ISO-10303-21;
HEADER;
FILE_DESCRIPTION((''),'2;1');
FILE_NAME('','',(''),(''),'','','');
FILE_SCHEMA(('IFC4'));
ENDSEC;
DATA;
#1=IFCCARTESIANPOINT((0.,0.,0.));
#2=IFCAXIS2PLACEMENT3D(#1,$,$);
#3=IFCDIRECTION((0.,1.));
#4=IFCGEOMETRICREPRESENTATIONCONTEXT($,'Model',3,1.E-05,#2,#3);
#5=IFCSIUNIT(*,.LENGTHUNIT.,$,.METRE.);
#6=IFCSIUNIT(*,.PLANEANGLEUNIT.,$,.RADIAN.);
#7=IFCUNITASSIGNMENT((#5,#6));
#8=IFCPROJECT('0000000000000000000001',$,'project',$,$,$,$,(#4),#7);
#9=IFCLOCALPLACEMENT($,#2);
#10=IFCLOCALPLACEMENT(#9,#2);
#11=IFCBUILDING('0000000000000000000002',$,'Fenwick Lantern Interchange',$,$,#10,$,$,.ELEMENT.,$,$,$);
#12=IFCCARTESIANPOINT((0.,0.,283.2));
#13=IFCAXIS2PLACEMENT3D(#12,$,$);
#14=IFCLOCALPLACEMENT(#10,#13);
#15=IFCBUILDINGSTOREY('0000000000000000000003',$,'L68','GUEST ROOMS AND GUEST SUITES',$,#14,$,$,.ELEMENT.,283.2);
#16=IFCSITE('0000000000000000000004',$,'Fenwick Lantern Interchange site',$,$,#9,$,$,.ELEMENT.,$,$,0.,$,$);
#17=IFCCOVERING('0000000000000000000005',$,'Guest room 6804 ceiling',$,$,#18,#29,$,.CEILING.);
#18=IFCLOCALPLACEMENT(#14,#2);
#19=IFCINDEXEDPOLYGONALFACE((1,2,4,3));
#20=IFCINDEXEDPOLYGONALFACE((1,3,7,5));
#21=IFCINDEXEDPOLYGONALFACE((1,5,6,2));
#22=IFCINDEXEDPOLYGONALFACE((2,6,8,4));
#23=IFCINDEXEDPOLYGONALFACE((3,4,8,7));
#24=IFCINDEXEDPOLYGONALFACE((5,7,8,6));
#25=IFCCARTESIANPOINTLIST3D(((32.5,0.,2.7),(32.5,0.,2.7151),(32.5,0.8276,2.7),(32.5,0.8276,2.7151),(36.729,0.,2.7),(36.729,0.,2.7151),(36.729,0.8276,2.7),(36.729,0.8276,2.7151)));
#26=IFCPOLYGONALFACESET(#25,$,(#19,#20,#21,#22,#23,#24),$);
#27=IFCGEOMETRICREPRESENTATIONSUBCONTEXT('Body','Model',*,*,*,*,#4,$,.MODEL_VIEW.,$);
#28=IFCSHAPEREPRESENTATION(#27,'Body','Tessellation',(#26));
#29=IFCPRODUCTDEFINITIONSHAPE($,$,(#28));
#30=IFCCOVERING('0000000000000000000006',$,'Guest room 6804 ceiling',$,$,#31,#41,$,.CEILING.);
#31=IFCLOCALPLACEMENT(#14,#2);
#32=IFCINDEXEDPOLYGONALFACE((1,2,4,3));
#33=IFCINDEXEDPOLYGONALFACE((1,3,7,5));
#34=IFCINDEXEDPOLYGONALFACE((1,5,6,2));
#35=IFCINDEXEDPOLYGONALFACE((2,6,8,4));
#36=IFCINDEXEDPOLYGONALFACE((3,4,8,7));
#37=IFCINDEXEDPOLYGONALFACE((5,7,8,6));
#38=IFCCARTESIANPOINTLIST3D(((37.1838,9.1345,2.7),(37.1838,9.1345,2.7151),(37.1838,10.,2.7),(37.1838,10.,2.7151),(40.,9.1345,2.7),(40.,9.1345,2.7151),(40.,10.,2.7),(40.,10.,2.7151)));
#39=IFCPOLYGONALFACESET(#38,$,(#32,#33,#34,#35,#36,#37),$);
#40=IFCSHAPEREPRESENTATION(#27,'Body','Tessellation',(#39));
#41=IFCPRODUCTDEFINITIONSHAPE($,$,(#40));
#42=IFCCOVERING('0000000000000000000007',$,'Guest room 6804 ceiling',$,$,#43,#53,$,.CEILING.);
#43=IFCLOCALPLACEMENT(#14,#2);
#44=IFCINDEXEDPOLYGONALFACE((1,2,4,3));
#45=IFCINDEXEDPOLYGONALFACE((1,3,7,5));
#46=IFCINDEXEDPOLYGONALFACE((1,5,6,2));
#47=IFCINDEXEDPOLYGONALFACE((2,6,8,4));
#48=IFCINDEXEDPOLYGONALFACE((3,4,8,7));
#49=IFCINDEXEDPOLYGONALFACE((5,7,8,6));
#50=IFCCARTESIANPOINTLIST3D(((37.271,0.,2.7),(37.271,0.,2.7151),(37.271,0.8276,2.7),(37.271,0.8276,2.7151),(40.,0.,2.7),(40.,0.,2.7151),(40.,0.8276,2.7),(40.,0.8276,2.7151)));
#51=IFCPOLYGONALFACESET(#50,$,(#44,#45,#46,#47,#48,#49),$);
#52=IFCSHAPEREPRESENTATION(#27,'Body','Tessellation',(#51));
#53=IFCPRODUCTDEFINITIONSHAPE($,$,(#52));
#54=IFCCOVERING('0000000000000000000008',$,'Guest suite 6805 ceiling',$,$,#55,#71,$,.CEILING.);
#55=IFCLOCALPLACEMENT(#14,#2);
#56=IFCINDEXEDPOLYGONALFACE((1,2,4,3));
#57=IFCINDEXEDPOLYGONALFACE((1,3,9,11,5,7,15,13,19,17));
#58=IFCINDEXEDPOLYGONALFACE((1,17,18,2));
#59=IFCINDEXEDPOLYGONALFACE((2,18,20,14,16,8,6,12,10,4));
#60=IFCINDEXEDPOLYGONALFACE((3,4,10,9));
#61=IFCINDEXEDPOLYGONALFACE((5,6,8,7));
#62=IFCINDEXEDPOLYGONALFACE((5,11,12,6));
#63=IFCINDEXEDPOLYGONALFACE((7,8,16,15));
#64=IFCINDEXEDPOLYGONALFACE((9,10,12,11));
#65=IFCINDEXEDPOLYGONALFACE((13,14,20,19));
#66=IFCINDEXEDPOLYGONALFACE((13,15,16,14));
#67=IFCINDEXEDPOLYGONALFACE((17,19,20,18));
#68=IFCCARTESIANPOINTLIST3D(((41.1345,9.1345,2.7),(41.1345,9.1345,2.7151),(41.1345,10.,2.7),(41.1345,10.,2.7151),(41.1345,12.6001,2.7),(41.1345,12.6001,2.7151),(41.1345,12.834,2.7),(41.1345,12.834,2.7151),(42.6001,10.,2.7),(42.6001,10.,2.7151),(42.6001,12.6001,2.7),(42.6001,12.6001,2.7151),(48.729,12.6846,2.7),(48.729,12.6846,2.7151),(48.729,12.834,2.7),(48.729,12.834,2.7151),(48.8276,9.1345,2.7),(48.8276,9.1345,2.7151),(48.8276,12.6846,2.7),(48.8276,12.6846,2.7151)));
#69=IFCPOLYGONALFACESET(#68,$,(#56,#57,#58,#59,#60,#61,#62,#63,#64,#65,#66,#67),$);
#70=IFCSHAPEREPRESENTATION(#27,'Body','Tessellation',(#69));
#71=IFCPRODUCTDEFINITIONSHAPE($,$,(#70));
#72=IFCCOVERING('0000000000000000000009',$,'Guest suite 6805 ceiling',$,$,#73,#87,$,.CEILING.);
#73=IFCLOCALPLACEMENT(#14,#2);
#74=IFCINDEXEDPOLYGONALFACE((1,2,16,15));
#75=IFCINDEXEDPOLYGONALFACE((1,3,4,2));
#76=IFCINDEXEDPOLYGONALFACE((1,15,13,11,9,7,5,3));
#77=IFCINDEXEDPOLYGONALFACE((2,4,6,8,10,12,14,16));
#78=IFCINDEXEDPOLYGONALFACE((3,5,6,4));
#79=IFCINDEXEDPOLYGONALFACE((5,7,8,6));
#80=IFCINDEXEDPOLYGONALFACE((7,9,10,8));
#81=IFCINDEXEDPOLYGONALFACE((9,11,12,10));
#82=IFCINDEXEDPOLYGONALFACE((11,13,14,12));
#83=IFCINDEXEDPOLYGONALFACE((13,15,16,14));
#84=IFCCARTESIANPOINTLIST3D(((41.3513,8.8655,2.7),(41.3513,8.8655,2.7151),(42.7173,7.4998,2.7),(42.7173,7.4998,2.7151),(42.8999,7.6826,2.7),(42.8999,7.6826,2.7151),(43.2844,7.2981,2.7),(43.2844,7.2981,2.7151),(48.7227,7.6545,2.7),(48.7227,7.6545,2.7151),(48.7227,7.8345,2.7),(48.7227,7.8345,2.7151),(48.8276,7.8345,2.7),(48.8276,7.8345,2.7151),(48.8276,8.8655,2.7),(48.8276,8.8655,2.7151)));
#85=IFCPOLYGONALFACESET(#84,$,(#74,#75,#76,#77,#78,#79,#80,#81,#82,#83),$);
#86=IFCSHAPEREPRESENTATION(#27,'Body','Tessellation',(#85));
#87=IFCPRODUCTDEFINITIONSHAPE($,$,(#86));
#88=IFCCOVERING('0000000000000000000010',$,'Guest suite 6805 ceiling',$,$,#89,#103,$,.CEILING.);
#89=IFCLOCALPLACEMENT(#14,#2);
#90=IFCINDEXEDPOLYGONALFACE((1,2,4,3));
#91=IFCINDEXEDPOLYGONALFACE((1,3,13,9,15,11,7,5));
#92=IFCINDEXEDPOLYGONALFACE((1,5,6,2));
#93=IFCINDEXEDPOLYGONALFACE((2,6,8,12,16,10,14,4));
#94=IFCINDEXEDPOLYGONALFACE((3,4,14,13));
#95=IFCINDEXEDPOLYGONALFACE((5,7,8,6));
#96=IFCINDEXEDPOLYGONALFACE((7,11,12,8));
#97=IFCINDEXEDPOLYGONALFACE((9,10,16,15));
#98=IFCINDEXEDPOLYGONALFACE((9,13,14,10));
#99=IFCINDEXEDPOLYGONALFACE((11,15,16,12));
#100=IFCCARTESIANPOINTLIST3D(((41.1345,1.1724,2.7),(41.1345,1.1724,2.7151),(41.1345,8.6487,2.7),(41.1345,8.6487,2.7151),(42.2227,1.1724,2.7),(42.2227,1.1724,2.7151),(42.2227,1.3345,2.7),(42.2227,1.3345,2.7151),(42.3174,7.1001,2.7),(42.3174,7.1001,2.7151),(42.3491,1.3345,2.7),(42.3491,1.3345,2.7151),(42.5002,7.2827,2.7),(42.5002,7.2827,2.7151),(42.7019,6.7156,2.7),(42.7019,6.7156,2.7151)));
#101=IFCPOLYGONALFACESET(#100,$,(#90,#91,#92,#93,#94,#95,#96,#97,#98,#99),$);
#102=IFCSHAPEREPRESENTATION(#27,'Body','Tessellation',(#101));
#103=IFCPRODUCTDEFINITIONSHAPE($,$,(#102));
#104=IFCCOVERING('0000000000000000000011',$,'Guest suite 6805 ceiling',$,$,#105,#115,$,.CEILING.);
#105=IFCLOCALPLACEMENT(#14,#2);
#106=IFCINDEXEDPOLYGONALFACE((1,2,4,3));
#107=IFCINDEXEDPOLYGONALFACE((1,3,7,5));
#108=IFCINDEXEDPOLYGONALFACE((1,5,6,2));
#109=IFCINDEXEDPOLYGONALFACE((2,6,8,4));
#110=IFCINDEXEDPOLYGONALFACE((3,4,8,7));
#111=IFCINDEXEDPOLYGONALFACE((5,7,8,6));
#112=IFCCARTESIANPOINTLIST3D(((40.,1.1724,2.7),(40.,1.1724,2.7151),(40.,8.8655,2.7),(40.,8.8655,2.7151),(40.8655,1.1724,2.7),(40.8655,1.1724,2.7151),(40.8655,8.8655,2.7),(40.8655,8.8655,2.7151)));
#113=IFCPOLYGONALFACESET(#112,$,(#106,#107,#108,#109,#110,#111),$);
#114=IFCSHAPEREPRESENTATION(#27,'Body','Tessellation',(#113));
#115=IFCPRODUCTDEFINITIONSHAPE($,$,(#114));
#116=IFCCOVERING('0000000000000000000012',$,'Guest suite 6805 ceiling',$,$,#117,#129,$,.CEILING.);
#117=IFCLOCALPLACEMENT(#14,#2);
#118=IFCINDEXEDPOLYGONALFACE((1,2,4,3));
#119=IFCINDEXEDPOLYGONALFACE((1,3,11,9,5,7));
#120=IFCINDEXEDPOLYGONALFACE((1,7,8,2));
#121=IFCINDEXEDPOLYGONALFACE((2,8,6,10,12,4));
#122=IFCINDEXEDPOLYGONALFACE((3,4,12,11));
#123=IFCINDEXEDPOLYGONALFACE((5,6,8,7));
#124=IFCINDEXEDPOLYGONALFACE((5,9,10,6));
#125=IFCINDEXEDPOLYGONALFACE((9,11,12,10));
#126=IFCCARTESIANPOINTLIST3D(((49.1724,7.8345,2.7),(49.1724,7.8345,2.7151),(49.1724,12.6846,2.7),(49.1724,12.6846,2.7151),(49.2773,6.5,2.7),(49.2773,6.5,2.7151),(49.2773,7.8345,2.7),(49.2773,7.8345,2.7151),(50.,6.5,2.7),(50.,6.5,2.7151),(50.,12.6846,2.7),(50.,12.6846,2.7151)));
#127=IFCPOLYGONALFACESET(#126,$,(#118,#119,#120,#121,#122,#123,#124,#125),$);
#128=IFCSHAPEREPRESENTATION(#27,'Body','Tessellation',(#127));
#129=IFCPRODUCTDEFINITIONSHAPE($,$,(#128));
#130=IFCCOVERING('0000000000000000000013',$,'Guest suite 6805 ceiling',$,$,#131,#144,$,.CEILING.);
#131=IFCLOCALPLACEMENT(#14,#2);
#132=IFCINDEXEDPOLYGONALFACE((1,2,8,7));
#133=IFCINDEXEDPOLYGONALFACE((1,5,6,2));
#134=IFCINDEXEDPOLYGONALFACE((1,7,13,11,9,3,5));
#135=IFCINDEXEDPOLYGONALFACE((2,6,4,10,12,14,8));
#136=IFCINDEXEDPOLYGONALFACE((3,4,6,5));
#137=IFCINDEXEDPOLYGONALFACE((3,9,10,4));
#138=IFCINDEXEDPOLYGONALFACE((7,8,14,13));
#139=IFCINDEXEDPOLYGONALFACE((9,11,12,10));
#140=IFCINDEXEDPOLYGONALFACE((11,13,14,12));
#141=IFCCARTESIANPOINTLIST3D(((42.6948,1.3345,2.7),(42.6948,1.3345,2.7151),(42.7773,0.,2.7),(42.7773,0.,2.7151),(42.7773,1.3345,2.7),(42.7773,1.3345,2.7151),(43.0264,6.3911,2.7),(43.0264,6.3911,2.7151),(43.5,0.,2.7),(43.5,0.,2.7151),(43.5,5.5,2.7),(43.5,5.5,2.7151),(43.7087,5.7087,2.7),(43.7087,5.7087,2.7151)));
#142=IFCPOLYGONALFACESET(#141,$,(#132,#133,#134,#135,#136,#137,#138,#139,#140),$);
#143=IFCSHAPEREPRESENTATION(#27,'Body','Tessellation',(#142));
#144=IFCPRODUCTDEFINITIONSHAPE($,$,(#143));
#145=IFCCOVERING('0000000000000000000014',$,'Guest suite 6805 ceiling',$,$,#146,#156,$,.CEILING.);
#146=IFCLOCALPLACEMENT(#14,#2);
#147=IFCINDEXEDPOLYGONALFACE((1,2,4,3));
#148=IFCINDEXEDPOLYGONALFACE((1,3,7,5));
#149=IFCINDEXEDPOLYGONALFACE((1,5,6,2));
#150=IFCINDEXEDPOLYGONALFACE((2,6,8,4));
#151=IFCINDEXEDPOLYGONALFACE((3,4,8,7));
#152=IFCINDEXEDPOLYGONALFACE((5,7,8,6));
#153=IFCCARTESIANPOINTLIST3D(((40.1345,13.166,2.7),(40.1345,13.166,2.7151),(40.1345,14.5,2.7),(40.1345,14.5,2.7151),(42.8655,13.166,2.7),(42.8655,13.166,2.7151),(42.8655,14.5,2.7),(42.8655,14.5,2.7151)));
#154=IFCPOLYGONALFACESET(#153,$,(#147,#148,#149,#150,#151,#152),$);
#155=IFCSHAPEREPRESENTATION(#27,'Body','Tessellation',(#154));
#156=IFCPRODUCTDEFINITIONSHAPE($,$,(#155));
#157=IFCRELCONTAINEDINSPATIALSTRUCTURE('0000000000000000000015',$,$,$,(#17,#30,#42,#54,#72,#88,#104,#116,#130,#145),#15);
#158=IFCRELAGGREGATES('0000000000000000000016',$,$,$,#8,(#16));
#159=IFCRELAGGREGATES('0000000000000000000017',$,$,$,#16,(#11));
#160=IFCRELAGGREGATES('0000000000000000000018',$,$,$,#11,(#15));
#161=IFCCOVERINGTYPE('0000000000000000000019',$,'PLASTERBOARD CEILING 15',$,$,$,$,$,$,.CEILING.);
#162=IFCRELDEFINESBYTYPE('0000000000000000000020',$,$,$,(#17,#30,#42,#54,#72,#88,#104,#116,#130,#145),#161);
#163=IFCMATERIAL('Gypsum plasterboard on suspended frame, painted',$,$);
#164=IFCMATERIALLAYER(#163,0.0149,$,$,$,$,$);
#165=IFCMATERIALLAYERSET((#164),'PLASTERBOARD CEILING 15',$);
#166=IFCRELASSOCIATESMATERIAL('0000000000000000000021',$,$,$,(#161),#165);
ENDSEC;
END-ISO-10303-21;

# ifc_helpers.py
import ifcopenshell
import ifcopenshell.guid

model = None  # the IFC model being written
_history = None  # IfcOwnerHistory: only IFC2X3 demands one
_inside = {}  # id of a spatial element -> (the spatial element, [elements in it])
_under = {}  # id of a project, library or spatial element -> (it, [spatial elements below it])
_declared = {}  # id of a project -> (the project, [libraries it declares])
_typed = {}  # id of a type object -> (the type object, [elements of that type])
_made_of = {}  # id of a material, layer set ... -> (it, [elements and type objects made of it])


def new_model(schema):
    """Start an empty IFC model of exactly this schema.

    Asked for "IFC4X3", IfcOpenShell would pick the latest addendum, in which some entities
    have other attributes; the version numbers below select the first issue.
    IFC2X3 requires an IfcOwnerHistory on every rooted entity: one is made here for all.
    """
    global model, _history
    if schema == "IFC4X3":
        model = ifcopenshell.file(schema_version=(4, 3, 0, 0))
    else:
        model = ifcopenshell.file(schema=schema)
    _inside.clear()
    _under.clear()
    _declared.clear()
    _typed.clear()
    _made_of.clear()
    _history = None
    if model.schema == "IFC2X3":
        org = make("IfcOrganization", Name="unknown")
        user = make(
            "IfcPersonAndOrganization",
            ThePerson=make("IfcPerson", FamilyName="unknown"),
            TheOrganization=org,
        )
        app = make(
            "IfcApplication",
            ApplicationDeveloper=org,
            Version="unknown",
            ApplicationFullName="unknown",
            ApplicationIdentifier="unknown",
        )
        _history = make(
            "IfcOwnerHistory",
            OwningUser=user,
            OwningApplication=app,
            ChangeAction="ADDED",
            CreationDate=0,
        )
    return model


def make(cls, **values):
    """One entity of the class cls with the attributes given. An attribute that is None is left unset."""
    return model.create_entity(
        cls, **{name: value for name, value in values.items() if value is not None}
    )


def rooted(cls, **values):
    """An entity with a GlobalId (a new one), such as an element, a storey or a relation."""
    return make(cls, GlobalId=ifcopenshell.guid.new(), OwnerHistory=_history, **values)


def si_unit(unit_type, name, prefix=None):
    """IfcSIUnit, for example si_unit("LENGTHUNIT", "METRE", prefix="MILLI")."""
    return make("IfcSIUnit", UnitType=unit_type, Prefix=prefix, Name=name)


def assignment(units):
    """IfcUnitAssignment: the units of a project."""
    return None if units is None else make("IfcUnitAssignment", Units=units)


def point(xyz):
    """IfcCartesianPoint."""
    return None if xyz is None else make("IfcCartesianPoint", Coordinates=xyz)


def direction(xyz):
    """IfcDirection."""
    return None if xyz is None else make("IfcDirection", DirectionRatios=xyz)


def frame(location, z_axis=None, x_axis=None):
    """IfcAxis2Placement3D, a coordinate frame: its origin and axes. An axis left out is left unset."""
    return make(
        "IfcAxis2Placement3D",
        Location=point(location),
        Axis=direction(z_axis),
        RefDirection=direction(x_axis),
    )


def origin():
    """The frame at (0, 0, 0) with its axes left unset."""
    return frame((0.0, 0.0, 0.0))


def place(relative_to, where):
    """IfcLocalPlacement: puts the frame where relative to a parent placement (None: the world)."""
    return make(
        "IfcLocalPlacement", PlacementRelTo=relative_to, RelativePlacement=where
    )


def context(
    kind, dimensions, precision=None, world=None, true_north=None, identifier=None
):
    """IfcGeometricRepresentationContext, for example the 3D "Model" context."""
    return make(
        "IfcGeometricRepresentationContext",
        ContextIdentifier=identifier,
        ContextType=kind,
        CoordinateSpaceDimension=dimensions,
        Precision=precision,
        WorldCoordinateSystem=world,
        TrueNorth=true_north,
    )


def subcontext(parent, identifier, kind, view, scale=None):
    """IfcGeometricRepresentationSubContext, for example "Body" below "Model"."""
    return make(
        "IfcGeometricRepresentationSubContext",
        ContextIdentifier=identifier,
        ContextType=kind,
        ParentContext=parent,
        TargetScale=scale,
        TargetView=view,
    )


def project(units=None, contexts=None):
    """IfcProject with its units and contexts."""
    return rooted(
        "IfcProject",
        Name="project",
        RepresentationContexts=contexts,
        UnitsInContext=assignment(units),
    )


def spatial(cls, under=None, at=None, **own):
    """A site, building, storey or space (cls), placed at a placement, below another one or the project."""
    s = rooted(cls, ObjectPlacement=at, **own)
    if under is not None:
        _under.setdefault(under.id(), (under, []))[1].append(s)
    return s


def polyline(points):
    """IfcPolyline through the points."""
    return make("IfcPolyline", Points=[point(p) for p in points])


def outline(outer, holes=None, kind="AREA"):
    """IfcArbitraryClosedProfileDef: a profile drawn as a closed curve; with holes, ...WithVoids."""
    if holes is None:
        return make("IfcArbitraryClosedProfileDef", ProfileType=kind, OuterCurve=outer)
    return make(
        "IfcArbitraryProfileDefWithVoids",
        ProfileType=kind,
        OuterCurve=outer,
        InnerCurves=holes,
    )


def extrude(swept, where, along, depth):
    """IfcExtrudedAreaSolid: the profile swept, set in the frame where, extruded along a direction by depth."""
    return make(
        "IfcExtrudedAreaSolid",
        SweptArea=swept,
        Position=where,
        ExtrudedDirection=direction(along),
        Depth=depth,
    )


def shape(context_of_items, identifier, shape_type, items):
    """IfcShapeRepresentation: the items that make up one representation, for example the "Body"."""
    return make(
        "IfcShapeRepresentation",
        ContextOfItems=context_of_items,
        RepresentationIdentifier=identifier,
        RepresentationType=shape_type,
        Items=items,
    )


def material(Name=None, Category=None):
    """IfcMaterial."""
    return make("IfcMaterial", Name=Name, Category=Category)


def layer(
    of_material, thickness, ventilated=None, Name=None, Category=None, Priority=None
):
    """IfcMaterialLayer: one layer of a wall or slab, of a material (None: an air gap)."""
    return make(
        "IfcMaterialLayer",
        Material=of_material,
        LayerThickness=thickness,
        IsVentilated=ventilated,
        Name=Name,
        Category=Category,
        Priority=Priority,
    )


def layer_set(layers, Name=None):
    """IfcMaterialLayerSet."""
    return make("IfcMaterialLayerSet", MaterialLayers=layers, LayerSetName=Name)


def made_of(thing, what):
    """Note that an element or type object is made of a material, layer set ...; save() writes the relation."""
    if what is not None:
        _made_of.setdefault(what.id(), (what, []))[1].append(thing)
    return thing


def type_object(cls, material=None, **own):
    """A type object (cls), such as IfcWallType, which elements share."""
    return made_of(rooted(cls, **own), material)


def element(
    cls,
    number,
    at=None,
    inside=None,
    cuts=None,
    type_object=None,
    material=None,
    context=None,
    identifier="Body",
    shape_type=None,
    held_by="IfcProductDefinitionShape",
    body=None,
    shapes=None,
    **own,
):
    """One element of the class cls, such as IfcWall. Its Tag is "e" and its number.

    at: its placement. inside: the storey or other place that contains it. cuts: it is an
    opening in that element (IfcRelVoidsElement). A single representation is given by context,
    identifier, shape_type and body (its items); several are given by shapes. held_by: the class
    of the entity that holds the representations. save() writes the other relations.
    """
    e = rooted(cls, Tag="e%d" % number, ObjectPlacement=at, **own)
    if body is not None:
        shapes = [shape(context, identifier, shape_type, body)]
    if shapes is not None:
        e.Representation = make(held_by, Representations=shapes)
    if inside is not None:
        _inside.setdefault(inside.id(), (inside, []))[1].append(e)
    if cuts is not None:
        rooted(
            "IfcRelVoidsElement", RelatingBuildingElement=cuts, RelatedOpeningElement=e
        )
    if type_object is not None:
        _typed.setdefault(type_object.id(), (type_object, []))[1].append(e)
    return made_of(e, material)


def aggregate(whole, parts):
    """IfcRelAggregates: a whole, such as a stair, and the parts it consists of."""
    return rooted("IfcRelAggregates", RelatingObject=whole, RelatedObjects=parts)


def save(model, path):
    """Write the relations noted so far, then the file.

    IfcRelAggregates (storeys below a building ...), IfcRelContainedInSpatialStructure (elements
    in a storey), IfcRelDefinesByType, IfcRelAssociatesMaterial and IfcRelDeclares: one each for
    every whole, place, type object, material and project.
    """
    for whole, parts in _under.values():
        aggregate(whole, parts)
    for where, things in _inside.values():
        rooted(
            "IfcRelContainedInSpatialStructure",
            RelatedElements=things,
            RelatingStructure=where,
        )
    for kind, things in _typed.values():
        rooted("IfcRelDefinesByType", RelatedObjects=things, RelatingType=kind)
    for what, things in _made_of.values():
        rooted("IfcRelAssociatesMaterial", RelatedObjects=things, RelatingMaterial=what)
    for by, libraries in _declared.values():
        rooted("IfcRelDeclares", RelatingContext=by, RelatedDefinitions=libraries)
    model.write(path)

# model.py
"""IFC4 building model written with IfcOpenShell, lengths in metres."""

from ifc_helpers import new_model, si_unit, direction, frame, origin, place, context, subcontext, project, spatial, polyline, outline, extrude, material, layer, layer_set, type_object, element, save


model = new_model("IFC4")

# Units and contexts
model_context = context("Model", 3, precision=1e-05, world=origin(), true_north=direction((0.0, 1.0)))
body_context = subcontext(model_context, "Body", "Model", "MODEL_VIEW")
ifc_project = project(units=[si_unit("LENGTHUNIT", "METRE"), si_unit("PLANEANGLEUNIT", "RADIAN")], contexts=[model_context])

# Site, building, storey
site_placement = place(None, origin())
site = spatial("IfcSite", under=ifc_project, at=site_placement, Name="Fenwick Lantern Interchange site", CompositionType="ELEMENT", RefElevation=0.0)
building_placement = place(site_placement, origin())
building = spatial("IfcBuilding", under=site, at=building_placement, Name="Fenwick Lantern Interchange", CompositionType="ELEMENT")
storey_placement = place(building_placement, frame((0.0, 0.0, 283.2)))
storey = spatial("IfcBuildingStorey", under=building, at=storey_placement, Name="L68", Description="GUEST ROOMS AND GUEST SUITES", CompositionType="ELEMENT", Elevation=283.2)

# Coverings
ifc_material = material(Name="Gypsum plasterboard on suspended frame, painted")
ifc_layer = layer(ifc_material, 0.0149)
ifc_layer_set = layer_set([ifc_layer], Name="PLASTERBOARD CEILING 15")
covering_type = type_object("IfcCoveringType", Name="PLASTERBOARD CEILING 15", PredefinedType="CEILING", material=ifc_layer_set)
covering_1_placement = place(storey_placement, frame((0.0, 0.0, 2.7)))
element("IfcCovering", 1, at=covering_1_placement, inside=storey, type_object=covering_type, Name="Guest room 6804 ceiling", PredefinedType="CEILING", context=body_context, shape_type="SweptSolid", body=[
    extrude(outline(polyline([(36.729, 0.0), (36.729, 0.8276), (32.5, 0.8276), (32.5, 0.0), (36.729, 0.0)])), origin(), (0.0, 0.0, 1.0), 0.0151),
])
covering_2_placement = place(storey_placement, frame((0.0, 0.0, 2.7)))
element("IfcCovering", 2, at=covering_2_placement, inside=storey, type_object=covering_type, Name="Guest room 6804 ceiling", PredefinedType="CEILING", context=body_context, shape_type="SweptSolid", body=[
    extrude(outline(polyline([(40.0, 10.0), (37.1838, 10.0), (37.1838, 9.1345), (40.0, 9.1345), (40.0, 10.0)])), origin(), (0.0, 0.0, 1.0), 0.0151),
])
covering_3_placement = place(storey_placement, frame((0.0, 0.0, 2.7)))
element("IfcCovering", 3, at=covering_3_placement, inside=storey, type_object=covering_type, Name="Guest room 6804 ceiling", PredefinedType="CEILING", context=body_context, shape_type="SweptSolid", body=[
    extrude(outline(polyline([(37.271, 0.0), (40.0, 0.0), (40.0, 0.8276), (37.271, 0.8276), (37.271, 0.0)])), origin(), (0.0, 0.0, 1.0), 0.0151),
])
covering_4_placement = place(storey_placement, frame((0.0, 0.0, 2.7)))
element("IfcCovering", 4, at=covering_4_placement, inside=storey, type_object=covering_type, Name="Guest suite 6805 ceiling", PredefinedType="CEILING", context=body_context, shape_type="SweptSolid", body=[
    extrude(outline(polyline([(42.6001, 10.0), (41.1345, 10.0), (41.1345, 9.1345), (48.8276, 9.1345), (48.8276, 12.6846), (48.729, 12.6846), (48.729, 12.834), (41.1345, 12.834), (41.1345, 12.6001), (42.6001, 12.6001), (42.6001, 10.0)])), origin(), (0.0, 0.0, 1.0), 0.0151),
])
covering_5_placement = place(storey_placement, frame((0.0, 0.0, 2.7)))
element("IfcCovering", 5, at=covering_5_placement, inside=storey, type_object=covering_type, Name="Guest suite 6805 ceiling", PredefinedType="CEILING", context=body_context, shape_type="SweptSolid", body=[
    extrude(outline(polyline([(48.7227, 7.8345), (48.8276, 7.8345), (48.8276, 8.8655), (41.3513, 8.8655), (42.7173, 7.4998), (42.8999, 7.6826), (43.2844, 7.2981), (48.7227, 7.6545), (48.7227, 7.8345)])), origin(), (0.0, 0.0, 1.0), 0.0151),
])
covering_6_placement = place(storey_placement, frame((0.0, 0.0, 2.7)))
element("IfcCovering", 6, at=covering_6_placement, inside=storey, type_object=covering_type, Name="Guest suite 6805 ceiling", PredefinedType="CEILING", context=body_context, shape_type="SweptSolid", body=[
    extrude(outline(polyline([(42.2227, 1.3345), (42.3491, 1.3345), (42.7019, 6.7156), (42.3174, 7.1001), (42.5002, 7.2827), (41.1345, 8.6487), (41.1345, 1.1724), (42.2227, 1.1724), (42.2227, 1.3345)])), origin(), (0.0, 0.0, 1.0), 0.0151),
])
covering_7_placement = place(storey_placement, frame((0.0, 0.0, 2.7)))
element("IfcCovering", 7, at=covering_7_placement, inside=storey, type_object=covering_type, Name="Guest suite 6805 ceiling", PredefinedType="CEILING", context=body_context, shape_type="SweptSolid", body=[
    extrude(outline(polyline([(40.0, 8.8655), (40.0, 1.1724), (40.8655, 1.1724), (40.8655, 8.8655), (40.0, 8.8655)])), origin(), (0.0, 0.0, 1.0), 0.0151),
])
covering_8_placement = place(storey_placement, frame((0.0, 0.0, 2.7)))
element("IfcCovering", 8, at=covering_8_placement, inside=storey, type_object=covering_type, Name="Guest suite 6805 ceiling", PredefinedType="CEILING", context=body_context, shape_type="SweptSolid", body=[
    extrude(outline(polyline([(50.0, 12.6846), (49.1724, 12.6846), (49.1724, 7.8345), (49.2773, 7.8345), (49.2773, 6.5), (50.0, 6.5), (50.0, 12.6846)])), origin(), (0.0, 0.0, 1.0), 0.0151),
])
covering_9_placement = place(storey_placement, frame((0.0, 0.0, 2.7)))
element("IfcCovering", 9, at=covering_9_placement, inside=storey, type_object=covering_type, Name="Guest suite 6805 ceiling", PredefinedType="CEILING", context=body_context, shape_type="SweptSolid", body=[
    extrude(outline(polyline([(42.6948, 1.3345), (42.7773, 1.3345), (42.7773, 0.0), (43.5, 0.0), (43.5, 5.5), (43.7087, 5.7087), (43.0264, 6.3911), (42.6948, 1.3345)])), origin(), (0.0, 0.0, 1.0), 0.0151),
])
covering_10_placement = place(storey_placement, frame((0.0, 0.0, 2.7)))
element("IfcCovering", 10, at=covering_10_placement, inside=storey, type_object=covering_type, Name="Guest suite 6805 ceiling", PredefinedType="CEILING", context=body_context, shape_type="SweptSolid", body=[
    extrude(outline(polyline([(42.8655, 14.5), (40.1345, 14.5), (40.1345, 13.166), (42.8655, 13.166), (42.8655, 14.5)])), origin(), (0.0, 0.0, 1.0), 0.0151),
])

save(model, "model.ifc")
